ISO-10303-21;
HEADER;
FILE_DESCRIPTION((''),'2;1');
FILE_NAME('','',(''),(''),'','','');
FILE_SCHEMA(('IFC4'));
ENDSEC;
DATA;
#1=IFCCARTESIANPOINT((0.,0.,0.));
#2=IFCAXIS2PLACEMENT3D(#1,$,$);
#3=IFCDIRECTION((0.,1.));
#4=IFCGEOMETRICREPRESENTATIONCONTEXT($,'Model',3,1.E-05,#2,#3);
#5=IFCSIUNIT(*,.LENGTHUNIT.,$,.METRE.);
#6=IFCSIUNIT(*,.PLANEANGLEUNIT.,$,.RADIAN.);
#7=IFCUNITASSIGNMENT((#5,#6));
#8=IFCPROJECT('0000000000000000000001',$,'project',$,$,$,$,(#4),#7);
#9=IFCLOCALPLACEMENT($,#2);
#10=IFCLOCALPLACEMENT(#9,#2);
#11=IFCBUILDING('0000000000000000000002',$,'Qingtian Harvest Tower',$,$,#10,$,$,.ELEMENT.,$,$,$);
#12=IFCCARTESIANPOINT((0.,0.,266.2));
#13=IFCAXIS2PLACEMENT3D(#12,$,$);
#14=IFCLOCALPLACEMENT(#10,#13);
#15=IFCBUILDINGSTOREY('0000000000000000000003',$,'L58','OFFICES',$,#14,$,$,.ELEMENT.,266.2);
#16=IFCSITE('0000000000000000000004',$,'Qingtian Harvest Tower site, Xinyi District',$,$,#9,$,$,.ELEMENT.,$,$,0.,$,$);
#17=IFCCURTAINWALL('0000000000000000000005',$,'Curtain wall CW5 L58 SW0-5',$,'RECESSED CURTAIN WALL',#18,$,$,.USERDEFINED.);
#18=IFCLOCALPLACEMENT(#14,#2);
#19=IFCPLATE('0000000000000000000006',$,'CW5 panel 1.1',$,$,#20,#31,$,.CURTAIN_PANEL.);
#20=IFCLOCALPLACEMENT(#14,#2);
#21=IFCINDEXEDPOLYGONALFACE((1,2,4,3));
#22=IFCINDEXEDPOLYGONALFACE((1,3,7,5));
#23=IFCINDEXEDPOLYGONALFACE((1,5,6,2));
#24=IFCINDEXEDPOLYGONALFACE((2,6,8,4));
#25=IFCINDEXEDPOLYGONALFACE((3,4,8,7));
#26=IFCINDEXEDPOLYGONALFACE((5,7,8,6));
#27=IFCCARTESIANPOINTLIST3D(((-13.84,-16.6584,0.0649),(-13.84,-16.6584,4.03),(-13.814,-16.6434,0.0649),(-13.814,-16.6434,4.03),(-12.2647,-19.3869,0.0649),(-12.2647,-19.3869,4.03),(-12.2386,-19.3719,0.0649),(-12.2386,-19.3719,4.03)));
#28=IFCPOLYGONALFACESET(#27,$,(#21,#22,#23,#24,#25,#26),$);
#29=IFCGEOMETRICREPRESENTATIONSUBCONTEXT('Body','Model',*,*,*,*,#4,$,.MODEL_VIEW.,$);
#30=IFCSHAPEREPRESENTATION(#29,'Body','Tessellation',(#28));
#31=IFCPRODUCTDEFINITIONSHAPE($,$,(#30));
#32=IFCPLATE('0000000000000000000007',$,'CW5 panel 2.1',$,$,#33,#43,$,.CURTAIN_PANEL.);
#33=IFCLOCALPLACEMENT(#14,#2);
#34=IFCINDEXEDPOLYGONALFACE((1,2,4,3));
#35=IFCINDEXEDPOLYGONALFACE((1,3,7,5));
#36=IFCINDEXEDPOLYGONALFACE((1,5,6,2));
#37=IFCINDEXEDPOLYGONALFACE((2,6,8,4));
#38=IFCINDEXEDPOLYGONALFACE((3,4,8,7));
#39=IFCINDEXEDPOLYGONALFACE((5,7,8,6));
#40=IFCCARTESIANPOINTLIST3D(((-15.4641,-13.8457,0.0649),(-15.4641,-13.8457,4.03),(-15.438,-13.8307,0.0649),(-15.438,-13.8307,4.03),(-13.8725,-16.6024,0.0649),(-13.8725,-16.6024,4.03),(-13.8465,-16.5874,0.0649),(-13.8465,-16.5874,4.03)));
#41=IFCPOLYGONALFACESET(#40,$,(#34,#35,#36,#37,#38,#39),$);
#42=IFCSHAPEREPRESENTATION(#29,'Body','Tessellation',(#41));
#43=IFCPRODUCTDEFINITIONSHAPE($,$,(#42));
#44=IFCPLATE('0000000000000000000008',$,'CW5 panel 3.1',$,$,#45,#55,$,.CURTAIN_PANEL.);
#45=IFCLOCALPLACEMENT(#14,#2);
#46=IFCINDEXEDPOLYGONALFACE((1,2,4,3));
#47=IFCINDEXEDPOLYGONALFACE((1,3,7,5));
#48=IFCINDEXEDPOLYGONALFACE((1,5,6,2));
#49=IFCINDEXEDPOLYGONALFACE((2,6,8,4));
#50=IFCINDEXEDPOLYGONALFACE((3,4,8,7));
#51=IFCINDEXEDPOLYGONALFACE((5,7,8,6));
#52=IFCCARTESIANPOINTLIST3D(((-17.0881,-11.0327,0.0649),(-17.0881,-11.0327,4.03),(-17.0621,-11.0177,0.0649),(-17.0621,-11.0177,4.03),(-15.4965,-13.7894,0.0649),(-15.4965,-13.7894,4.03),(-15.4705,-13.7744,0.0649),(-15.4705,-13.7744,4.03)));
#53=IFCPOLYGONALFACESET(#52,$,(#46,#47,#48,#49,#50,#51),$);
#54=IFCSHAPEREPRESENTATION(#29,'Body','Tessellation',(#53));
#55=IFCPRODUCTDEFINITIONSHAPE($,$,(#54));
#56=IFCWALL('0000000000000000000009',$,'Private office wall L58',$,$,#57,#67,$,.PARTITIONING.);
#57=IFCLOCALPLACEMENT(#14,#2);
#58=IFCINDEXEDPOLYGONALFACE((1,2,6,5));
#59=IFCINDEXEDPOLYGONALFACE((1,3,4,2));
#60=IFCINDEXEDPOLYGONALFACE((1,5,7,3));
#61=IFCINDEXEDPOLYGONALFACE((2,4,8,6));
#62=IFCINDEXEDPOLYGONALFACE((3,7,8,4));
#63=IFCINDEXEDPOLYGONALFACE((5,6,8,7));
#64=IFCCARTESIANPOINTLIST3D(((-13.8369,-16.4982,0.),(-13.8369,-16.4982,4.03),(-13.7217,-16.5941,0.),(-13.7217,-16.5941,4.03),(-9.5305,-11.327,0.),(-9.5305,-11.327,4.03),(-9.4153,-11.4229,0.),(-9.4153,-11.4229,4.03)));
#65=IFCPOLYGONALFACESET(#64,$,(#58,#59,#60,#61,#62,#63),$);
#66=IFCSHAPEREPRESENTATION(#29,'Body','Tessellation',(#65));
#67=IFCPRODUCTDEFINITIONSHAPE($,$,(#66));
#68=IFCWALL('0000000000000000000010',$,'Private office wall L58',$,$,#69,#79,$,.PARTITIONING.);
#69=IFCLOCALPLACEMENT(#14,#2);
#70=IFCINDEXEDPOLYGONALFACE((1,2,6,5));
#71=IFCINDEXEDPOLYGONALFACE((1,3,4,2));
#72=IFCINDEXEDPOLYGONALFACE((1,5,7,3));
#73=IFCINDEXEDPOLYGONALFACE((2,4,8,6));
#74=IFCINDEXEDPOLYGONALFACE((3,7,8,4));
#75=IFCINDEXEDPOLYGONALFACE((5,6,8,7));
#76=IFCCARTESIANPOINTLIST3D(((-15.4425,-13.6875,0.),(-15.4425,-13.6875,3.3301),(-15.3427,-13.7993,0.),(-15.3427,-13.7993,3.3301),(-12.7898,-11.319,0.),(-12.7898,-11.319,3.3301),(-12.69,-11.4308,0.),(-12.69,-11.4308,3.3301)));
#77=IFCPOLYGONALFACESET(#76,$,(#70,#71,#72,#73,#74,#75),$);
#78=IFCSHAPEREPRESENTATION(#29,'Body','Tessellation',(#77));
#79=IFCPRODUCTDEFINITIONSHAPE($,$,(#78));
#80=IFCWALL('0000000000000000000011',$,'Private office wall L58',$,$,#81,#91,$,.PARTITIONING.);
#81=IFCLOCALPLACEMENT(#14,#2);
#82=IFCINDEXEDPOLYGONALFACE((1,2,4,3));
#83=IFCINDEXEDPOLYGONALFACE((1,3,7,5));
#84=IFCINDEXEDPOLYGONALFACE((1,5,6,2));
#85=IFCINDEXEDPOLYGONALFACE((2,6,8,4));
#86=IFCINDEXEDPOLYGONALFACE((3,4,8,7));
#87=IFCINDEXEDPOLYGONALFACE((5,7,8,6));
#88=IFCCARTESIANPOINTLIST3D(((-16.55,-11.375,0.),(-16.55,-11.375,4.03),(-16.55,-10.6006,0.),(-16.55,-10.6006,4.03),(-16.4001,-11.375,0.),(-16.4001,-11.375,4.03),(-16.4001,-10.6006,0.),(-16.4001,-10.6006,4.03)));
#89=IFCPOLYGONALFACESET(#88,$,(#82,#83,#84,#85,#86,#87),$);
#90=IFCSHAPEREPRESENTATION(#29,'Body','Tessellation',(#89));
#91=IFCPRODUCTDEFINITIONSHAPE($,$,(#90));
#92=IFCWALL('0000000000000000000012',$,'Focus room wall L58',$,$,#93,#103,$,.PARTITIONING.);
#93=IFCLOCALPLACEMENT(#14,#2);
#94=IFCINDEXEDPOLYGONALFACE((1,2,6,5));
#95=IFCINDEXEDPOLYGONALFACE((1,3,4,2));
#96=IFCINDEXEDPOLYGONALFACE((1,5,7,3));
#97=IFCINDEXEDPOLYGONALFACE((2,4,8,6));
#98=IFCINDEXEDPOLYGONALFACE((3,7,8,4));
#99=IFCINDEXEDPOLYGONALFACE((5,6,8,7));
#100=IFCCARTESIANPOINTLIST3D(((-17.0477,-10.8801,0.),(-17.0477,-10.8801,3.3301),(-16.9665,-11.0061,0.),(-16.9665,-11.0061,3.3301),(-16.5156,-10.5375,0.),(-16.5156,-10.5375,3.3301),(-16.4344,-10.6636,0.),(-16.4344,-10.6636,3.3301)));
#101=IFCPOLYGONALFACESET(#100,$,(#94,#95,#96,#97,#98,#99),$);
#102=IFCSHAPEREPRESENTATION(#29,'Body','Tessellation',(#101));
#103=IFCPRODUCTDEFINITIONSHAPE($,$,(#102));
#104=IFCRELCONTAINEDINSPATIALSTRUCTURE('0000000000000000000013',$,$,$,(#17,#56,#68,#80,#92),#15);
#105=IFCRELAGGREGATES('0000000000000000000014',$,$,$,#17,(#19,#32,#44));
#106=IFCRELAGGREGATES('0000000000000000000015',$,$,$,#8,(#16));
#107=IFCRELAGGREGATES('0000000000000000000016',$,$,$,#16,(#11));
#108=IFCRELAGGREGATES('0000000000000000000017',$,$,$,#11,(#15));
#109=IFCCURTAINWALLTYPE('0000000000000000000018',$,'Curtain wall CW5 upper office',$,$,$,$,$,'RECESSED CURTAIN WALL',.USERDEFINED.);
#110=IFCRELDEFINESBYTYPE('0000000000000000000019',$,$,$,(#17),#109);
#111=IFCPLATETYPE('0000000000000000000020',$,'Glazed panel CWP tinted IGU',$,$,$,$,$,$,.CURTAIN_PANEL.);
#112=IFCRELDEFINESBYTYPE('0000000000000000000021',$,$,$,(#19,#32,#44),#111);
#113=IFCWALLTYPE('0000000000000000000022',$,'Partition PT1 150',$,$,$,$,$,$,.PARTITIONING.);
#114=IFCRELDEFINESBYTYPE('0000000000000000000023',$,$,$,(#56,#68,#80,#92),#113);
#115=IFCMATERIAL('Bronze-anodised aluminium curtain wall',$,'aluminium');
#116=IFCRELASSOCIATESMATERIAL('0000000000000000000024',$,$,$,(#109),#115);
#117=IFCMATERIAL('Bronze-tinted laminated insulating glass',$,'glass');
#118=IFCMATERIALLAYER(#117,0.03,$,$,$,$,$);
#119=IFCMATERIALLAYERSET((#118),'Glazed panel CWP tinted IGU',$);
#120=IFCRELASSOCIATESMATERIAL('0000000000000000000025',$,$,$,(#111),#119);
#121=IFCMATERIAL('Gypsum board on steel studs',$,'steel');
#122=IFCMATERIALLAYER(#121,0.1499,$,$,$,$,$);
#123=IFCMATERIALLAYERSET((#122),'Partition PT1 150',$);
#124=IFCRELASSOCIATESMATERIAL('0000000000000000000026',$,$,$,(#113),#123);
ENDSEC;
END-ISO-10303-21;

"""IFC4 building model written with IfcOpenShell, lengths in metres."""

from ifc_helpers import new_model, si_unit, direction, frame, frame_2d, origin, origin_2d, place, context, subcontext, project, spatial, rectangle, extrude, material, layer, layer_set, type_object, element, aggregate, save


model = new_model("IFC4")

# Units and contexts
model_context = context("Model", 3, precision=1e-05, world=origin(), true_north=direction((0.0, 1.0)))
body_context = subcontext(model_context, "Body", "Model", "MODEL_VIEW")
ifc_project = project(units=[si_unit("LENGTHUNIT", "METRE"), si_unit("PLANEANGLEUNIT", "RADIAN")], contexts=[model_context])

# Site, building, storey
site_placement = place(None, origin())
site = spatial("IfcSite", under=ifc_project, at=site_placement, Name="Qingtian Harvest Tower site, Xinyi District", CompositionType="ELEMENT", RefElevation=0.0)
building_placement = place(site_placement, origin())
building = spatial("IfcBuilding", under=site, at=building_placement, Name="Qingtian Harvest Tower", CompositionType="ELEMENT")
storey_placement = place(building_placement, frame((0.0, 0.0, 266.2)))
storey = spatial("IfcBuildingStorey", under=building, at=storey_placement, Name="L58", Description="OFFICES", CompositionType="ELEMENT", Elevation=266.2)

# Curtain wall
ifc_material_1 = material(Name="Bronze-anodised aluminium curtain wall", Category="aluminium")
curtain_wall_type = type_object("IfcCurtainWallType", Name="Curtain wall CW5 upper office", ElementType="RECESSED CURTAIN WALL", PredefinedType="USERDEFINED", material=ifc_material_1)
curtain_wall_placement = place(storey_placement, origin())
curtain_wall = element("IfcCurtainWall", 1, at=curtain_wall_placement, inside=storey, type_object=curtain_wall_type, Name="Curtain wall CW5 L58 SW0-5", ObjectType="RECESSED CURTAIN WALL", PredefinedType="USERDEFINED")

# Plates
ifc_material_2 = material(Name="Bronze-tinted laminated insulating glass", Category="glass")
ifc_layer_1 = layer(ifc_material_2, 0.03)
ifc_layer_set_1 = layer_set([ifc_layer_1], Name="Glazed panel CWP tinted IGU")
plate_type = type_object("IfcPlateType", Name="Glazed panel CWP tinted IGU", PredefinedType="CURTAIN_PANEL", material=ifc_layer_set_1)
plate_1_placement = place(storey_placement, frame((-13.0393, -18.0151, 0.0649), z_axis=(0.0, 0.0, 1.0), x_axis=(-0.5, 0.866025, 0.0)))
plate_1 = element("IfcPlate", 2, at=plate_1_placement, type_object=plate_type, Name="CW5 panel 1.1", PredefinedType="CURTAIN_PANEL", context=body_context, shape_type="SweptSolid", body=[
    extrude(rectangle(XDim=3.1506, YDim=0.03, at=origin_2d()), origin(), (0.0, 0.0, 1.0), 3.9651),
])
plate_2_placement = place(storey_placement, frame((-14.6553, -15.2166, 0.0649), z_axis=(0.0, 0.0, 1.0), x_axis=(-0.5, 0.866025, 0.0)))
plate_2 = element("IfcPlate", 3, at=plate_2_placement, type_object=plate_type, Name="CW5 panel 2.1", PredefinedType="CURTAIN_PANEL", context=body_context, shape_type="SweptSolid", body=[
    extrude(rectangle(XDim=3.1831, YDim=0.03, at=origin_2d()), origin(), (0.0, 0.0, 1.0), 3.9651),
])
plate_3_placement = place(storey_placement, frame((-16.2793, -12.4036, 0.0649), z_axis=(0.0, 0.0, 1.0), x_axis=(-0.5, 0.866025, 0.0)))
plate_3 = element("IfcPlate", 4, at=plate_3_placement, type_object=plate_type, Name="CW5 panel 3.1", PredefinedType="CURTAIN_PANEL", context=body_context, shape_type="SweptSolid", body=[
    extrude(rectangle(XDim=3.1831, YDim=0.03, at=origin_2d()), origin(), (0.0, 0.0, 1.0), 3.9651),
])
aggregate(curtain_wall, [plate_1, plate_2, plate_3])

# Walls
ifc_material_3 = material(Name="Gypsum board on steel studs", Category="steel")
ifc_layer_2 = layer(ifc_material_3, 0.1499)
ifc_layer_set_2 = layer_set([ifc_layer_2], Name="Partition PT1 150")
wall_type = type_object("IfcWallType", Name="Partition PT1 150", PredefinedType="PARTITIONING", material=ifc_layer_set_2)
wall_1_placement = place(storey_placement, frame((-13.7793, -16.5461, 0.0), z_axis=(0.0, 0.0, 1.0), x_axis=(0.639931, 0.768432, 0.0)))
element("IfcWall", 5, at=wall_1_placement, inside=storey, type_object=wall_type, Name="Private office wall L58", PredefinedType="PARTITIONING", context=body_context, shape_type="SweptSolid", body=[
    extrude(rectangle(XDim=6.7295, YDim=0.1499, at=frame_2d((3.3647, 0.0))), origin(), (0.0, 0.0, 1.0), 4.03),
])
wall_2_placement = place(storey_placement, frame((-15.3926, -13.7434, 0.0), z_axis=(0.0, 0.0, 1.0), x_axis=(0.745934, 0.66602, 0.0)))
element("IfcWall", 6, at=wall_2_placement, inside=storey, type_object=wall_type, Name="Private office wall L58", PredefinedType="PARTITIONING", context=body_context, shape_type="SweptSolid", body=[
    extrude(rectangle(XDim=3.5562, YDim=0.1499, at=frame_2d((1.7781, 0.0))), origin(), (0.0, 0.0, 1.0), 3.3301),
])

# Walls
wall_3_placement = place(storey_placement, frame((-16.4751, -11.375, 0.0), z_axis=(0.0, 0.0, 1.0), x_axis=(0.0, 1.0, 0.0)))
element("IfcWall", 7, at=wall_3_placement, inside=storey, type_object=wall_type, Name="Private office wall L58", PredefinedType="PARTITIONING", context=body_context, shape_type="SweptSolid", body=[
    extrude(rectangle(XDim=0.7744, YDim=0.1499, at=frame_2d((0.3872, 0.0))), origin(), (0.0, 0.0, 1.0), 4.03),
])
wall_4_placement = place(storey_placement, frame((-17.0071, -10.9431, 0.0), z_axis=(0.0, 0.0, 1.0), x_axis=(0.84079, 0.541362, 0.0)))
element("IfcWall", 8, at=wall_4_placement, inside=storey, type_object=wall_type, Name="Focus room wall L58", PredefinedType="PARTITIONING", context=body_context, shape_type="SweptSolid", body=[
    extrude(rectangle(XDim=0.6328, YDim=0.1499, at=frame_2d((0.3164, 0.0))), origin(), (0.0, 0.0, 1.0), 3.3301),
])

save(model, "model.ifc")
